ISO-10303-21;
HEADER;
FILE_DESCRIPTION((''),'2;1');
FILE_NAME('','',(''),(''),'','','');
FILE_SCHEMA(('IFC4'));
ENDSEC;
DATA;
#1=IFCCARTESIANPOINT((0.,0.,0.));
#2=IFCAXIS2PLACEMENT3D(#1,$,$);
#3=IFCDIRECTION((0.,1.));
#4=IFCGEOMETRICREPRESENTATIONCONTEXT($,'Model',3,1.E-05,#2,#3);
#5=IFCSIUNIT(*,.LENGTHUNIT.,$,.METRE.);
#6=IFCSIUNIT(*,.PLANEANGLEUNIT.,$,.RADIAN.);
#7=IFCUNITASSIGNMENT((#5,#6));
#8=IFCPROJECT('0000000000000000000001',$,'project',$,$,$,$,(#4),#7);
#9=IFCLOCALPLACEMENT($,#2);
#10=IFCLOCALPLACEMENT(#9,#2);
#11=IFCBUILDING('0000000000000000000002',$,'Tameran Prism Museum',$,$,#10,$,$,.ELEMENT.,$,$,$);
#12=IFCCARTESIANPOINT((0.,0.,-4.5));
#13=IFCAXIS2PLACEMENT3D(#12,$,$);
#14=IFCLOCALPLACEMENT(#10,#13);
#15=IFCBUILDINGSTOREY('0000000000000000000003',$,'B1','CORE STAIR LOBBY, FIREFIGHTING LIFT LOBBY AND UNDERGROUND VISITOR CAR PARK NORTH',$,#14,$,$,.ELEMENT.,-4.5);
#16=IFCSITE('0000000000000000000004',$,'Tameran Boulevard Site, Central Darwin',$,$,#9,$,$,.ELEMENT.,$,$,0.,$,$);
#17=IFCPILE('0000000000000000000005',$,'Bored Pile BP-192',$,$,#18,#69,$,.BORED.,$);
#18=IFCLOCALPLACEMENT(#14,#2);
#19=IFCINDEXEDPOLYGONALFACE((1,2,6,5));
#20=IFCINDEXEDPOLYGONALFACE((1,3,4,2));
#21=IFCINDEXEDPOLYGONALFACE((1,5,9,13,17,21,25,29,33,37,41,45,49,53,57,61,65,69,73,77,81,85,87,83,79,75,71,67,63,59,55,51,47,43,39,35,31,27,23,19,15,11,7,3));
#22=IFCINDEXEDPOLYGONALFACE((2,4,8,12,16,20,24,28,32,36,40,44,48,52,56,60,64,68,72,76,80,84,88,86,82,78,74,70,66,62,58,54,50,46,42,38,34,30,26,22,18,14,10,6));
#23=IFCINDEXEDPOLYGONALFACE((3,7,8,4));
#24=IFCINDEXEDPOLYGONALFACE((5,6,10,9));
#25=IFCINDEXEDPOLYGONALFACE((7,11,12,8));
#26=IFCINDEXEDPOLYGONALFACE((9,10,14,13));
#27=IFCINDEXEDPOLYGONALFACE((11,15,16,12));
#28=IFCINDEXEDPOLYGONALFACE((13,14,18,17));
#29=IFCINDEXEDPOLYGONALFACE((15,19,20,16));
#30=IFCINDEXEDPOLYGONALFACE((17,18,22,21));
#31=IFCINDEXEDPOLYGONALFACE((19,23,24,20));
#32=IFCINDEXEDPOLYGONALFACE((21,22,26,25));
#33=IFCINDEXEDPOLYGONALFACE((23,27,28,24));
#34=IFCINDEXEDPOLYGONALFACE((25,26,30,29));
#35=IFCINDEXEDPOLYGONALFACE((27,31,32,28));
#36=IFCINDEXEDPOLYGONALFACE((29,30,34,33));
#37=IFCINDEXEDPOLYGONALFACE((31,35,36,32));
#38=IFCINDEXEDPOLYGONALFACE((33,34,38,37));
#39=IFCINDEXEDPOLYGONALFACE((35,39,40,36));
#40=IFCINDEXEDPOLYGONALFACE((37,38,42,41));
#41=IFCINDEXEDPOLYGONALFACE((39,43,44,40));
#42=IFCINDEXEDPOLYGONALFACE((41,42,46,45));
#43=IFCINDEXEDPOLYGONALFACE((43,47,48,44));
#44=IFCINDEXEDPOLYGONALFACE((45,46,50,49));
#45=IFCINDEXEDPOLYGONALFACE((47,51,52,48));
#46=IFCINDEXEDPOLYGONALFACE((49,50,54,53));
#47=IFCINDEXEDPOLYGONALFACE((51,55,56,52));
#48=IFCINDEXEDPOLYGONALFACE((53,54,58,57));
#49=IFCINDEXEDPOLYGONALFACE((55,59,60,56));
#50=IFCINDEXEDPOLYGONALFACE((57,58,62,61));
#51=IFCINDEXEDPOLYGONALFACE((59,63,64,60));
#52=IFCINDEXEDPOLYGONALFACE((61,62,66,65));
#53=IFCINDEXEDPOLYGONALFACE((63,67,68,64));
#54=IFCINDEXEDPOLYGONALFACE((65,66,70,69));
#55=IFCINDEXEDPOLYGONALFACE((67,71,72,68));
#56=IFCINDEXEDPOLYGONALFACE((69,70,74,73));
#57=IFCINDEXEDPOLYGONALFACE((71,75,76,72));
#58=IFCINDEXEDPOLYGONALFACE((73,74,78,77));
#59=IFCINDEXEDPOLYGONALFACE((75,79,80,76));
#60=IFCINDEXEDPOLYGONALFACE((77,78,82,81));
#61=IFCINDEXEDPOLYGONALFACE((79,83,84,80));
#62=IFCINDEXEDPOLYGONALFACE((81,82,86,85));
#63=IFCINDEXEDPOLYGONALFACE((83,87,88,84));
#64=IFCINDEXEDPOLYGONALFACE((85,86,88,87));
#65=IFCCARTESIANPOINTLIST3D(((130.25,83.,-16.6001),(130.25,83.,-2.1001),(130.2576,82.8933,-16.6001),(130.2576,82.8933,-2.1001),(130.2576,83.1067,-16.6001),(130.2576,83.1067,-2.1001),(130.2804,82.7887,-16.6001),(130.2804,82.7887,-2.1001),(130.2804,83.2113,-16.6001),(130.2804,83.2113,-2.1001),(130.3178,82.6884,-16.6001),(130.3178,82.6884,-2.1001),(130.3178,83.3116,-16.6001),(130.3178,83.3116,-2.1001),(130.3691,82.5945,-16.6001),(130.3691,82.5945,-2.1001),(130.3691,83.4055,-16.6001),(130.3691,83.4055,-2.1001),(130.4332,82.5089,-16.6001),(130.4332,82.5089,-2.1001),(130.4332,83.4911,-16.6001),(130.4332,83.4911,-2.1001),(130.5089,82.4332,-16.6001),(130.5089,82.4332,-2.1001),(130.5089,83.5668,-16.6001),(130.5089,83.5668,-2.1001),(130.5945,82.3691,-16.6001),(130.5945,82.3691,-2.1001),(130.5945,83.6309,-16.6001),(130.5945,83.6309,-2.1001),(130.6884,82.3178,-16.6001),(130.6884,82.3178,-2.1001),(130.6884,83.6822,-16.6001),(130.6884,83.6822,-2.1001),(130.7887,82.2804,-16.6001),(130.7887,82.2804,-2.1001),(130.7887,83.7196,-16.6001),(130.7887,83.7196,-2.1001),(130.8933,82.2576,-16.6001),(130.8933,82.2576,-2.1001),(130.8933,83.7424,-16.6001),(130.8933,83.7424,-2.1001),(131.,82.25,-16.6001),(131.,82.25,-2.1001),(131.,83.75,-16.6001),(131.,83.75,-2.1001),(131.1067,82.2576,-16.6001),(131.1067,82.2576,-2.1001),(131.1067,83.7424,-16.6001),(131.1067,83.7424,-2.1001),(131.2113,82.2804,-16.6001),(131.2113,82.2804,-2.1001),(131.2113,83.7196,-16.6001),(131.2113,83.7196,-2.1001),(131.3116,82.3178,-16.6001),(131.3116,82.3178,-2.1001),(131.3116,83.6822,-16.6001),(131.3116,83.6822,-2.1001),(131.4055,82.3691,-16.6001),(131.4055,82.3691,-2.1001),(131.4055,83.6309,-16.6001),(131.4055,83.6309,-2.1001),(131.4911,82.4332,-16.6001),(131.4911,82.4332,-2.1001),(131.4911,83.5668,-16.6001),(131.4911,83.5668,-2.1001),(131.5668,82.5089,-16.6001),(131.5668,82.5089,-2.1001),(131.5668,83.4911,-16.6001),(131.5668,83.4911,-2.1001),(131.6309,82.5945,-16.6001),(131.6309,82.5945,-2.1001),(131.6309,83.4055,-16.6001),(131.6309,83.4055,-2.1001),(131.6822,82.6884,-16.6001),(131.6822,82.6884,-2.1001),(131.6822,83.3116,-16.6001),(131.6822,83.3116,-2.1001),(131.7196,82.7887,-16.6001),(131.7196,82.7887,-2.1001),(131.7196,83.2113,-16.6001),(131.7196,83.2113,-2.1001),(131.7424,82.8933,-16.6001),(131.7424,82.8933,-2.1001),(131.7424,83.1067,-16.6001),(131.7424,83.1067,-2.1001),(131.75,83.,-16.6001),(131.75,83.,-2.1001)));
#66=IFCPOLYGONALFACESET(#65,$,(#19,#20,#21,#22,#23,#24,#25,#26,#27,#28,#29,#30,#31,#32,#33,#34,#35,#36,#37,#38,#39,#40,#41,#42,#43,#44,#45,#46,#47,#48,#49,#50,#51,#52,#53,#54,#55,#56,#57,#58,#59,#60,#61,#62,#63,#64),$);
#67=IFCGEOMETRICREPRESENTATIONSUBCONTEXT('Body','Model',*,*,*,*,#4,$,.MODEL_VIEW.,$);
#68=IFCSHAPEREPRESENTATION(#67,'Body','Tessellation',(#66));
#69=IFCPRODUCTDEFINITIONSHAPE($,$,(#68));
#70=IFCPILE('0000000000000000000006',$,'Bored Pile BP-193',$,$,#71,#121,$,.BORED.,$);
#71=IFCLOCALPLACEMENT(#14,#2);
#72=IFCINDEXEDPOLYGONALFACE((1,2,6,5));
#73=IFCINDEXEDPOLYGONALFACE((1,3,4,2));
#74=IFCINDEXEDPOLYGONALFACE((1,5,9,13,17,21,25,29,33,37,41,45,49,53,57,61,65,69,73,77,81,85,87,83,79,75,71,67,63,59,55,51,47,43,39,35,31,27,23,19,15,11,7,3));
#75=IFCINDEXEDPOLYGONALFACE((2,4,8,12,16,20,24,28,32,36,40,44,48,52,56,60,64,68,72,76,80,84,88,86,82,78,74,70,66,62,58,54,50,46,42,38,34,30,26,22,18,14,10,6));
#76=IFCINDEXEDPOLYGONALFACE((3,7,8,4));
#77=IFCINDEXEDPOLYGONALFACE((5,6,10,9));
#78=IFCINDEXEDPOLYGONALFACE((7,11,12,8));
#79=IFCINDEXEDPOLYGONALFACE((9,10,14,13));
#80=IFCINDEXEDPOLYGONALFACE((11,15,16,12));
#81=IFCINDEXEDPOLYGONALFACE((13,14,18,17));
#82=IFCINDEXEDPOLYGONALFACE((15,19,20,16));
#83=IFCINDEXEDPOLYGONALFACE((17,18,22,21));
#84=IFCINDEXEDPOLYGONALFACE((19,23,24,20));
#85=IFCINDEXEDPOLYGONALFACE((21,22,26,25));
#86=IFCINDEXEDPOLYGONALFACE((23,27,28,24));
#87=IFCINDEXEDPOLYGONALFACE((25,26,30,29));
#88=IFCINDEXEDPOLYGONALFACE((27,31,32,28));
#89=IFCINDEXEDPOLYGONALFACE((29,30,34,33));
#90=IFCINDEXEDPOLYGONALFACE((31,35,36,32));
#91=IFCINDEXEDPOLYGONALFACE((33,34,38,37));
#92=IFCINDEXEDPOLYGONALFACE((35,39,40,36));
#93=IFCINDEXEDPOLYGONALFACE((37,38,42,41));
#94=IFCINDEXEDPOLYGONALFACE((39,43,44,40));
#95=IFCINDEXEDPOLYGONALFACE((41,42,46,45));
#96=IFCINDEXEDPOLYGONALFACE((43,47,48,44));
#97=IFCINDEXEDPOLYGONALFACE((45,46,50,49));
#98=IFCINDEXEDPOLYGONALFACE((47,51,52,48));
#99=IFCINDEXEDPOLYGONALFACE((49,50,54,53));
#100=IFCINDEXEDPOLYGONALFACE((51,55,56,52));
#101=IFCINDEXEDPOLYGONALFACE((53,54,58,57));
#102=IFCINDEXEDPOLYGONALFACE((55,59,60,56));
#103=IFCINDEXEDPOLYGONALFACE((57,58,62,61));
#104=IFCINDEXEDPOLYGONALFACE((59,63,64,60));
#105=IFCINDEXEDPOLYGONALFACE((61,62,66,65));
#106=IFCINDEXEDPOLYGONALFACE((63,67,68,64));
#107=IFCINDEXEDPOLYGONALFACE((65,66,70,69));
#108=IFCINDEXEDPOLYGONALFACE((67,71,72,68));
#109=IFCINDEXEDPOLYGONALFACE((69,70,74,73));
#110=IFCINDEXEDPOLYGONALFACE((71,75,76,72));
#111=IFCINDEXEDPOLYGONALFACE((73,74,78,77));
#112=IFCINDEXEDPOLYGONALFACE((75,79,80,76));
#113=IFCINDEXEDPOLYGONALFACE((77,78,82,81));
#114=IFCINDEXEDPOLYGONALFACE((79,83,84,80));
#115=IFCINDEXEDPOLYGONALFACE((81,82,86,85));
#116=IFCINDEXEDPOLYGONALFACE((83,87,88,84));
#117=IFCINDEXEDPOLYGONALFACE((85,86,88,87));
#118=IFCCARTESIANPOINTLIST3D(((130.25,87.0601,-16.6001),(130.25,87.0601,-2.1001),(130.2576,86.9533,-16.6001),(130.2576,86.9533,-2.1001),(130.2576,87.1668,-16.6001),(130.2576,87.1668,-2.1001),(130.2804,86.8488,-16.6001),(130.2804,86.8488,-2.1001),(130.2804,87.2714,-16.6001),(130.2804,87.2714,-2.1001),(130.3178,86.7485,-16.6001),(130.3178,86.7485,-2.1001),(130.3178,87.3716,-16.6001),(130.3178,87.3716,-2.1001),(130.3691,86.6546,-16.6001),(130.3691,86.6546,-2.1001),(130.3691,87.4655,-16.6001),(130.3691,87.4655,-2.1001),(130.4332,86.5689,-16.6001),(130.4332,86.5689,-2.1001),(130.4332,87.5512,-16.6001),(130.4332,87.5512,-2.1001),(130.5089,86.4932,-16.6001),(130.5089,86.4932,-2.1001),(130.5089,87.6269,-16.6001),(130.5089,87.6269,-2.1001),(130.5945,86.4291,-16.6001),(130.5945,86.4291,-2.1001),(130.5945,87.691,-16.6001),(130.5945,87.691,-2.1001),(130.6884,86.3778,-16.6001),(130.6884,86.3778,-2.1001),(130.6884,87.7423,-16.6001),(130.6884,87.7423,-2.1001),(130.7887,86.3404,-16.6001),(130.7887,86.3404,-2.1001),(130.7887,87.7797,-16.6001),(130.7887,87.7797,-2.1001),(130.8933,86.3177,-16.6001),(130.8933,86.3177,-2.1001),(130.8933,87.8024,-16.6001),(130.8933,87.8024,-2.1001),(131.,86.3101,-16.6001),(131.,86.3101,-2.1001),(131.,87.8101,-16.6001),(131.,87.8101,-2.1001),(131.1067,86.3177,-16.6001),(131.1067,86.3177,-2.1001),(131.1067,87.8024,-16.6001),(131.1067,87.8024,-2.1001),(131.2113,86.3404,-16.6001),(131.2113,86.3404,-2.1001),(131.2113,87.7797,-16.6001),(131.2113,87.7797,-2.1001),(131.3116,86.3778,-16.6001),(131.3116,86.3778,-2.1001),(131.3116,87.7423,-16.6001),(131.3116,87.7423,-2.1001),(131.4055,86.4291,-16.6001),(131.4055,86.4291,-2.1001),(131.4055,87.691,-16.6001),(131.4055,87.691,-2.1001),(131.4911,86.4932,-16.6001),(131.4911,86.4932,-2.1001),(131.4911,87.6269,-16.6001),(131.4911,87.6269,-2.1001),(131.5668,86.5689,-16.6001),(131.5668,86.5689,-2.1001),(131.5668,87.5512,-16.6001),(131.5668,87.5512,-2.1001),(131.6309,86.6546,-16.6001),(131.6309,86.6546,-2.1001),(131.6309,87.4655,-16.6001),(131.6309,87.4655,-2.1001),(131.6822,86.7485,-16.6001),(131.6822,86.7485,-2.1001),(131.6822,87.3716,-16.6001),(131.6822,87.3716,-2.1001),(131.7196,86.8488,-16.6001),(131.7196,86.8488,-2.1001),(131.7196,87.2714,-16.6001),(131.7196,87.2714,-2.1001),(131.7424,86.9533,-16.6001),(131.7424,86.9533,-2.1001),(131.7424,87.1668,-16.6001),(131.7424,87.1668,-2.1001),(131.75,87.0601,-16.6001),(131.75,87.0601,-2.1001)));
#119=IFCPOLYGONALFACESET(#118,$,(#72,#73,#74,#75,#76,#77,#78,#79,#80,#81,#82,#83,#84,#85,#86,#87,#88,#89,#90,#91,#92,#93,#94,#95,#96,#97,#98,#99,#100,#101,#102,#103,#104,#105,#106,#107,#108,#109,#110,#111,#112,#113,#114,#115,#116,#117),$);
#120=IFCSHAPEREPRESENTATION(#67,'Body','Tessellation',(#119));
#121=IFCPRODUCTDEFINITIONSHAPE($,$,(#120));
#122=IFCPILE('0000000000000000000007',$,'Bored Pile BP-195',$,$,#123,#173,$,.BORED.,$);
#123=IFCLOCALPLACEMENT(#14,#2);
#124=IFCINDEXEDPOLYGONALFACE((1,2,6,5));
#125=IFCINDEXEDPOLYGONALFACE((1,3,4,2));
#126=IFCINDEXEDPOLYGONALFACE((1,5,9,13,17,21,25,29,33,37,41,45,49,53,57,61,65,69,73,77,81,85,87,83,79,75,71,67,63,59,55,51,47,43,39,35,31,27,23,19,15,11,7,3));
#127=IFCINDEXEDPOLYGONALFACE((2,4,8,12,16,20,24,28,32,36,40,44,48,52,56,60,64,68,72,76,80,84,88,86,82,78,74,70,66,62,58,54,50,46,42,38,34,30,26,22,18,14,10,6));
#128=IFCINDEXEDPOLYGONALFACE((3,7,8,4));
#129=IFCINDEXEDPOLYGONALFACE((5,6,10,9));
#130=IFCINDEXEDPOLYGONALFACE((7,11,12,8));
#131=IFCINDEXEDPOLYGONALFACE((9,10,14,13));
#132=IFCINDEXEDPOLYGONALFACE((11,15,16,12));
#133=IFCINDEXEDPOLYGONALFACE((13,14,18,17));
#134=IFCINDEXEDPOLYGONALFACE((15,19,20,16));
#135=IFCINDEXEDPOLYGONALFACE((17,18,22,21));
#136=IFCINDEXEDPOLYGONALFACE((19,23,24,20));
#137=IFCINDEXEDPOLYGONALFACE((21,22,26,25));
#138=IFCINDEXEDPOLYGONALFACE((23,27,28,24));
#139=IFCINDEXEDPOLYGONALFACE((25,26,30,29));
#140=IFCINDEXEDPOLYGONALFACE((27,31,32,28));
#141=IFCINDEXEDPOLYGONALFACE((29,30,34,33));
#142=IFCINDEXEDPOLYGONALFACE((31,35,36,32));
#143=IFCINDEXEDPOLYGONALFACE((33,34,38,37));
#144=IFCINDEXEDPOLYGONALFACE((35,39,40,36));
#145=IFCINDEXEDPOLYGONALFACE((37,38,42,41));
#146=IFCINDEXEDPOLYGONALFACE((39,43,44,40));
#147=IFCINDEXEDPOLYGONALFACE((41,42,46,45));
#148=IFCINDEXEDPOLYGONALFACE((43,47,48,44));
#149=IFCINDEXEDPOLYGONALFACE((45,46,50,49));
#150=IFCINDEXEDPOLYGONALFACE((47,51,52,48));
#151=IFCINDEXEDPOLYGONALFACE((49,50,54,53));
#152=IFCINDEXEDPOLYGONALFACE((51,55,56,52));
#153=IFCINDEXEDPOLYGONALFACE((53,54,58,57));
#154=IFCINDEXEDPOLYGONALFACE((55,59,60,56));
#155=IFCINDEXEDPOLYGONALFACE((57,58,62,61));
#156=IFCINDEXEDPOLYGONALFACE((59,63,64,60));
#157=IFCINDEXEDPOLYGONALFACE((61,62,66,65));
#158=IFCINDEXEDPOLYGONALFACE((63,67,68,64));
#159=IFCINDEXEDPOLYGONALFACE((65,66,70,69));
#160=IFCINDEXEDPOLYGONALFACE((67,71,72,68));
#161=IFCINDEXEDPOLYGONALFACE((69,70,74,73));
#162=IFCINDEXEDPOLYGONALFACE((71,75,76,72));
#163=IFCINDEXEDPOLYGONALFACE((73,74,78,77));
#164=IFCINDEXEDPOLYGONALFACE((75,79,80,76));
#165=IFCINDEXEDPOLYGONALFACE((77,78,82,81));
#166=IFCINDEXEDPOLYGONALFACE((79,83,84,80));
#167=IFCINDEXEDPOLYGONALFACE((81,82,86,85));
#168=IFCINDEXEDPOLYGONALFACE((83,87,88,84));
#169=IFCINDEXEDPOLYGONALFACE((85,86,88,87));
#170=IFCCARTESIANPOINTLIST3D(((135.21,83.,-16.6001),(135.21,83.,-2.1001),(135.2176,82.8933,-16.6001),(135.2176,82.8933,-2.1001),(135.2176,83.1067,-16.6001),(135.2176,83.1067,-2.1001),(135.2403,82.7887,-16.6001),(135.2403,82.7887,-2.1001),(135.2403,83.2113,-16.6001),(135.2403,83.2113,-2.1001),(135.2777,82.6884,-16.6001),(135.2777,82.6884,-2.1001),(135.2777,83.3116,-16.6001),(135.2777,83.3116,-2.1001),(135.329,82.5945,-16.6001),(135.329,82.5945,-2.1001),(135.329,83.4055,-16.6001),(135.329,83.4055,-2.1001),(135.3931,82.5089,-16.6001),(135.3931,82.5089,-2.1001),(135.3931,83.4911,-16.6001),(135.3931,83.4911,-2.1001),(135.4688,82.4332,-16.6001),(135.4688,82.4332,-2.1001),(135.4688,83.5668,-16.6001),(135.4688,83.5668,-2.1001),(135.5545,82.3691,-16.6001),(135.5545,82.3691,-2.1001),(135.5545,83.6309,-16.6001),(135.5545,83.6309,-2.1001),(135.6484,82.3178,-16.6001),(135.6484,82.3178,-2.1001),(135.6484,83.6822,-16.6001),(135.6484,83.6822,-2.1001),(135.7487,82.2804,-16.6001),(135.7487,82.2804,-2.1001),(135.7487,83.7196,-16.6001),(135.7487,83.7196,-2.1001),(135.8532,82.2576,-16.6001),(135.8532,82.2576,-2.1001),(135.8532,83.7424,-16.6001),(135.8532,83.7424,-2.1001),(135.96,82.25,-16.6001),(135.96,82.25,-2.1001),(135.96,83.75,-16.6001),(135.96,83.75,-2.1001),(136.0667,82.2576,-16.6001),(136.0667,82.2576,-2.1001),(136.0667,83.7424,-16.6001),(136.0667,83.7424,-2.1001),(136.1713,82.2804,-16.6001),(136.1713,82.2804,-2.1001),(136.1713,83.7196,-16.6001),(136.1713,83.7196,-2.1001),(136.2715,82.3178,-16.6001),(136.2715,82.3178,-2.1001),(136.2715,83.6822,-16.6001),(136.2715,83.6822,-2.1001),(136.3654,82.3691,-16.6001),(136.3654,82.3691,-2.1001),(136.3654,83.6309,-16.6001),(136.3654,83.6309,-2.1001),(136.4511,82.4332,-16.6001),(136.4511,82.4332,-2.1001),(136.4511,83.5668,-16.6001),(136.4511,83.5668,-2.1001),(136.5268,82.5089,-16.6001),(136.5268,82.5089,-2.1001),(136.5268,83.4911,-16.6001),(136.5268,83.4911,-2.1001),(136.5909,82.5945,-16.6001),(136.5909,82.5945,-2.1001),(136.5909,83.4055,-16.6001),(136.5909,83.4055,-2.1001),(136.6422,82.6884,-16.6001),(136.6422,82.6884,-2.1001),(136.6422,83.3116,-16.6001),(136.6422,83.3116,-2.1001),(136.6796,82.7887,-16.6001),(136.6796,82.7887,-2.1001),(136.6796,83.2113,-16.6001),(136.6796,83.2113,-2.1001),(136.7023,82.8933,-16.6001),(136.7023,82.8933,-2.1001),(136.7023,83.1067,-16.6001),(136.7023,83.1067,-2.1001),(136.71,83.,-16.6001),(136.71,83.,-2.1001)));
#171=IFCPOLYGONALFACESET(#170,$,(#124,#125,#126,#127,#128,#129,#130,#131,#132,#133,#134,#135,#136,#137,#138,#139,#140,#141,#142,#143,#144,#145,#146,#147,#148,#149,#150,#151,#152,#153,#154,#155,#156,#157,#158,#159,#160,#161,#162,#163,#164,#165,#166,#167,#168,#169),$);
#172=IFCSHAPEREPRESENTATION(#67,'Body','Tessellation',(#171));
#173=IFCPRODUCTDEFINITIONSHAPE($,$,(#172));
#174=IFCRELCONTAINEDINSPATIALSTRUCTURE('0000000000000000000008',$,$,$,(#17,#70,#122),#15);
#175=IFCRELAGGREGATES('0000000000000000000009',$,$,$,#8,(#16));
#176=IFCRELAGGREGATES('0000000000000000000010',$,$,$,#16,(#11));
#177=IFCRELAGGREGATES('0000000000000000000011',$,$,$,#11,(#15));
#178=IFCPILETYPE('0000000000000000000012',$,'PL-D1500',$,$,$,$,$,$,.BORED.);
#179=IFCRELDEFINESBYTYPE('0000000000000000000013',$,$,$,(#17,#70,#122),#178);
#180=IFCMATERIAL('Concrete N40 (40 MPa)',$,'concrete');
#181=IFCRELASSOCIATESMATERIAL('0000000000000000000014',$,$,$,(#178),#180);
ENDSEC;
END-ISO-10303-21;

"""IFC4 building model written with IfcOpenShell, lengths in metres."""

from ifc_helpers import new_model, si_unit, direction, frame, origin, origin_2d, place, context, subcontext, project, spatial, circle, extrude, material, material_profile, profile_set, type_object, element, save


model = new_model("IFC4")

# Units and contexts
model_context = context("Model", 3, precision=1e-05, world=origin(), true_north=direction((0.0, 1.0)))
body_context = subcontext(model_context, "Body", "Model", "MODEL_VIEW")
ifc_project = project(units=[si_unit("LENGTHUNIT", "METRE"), si_unit("PLANEANGLEUNIT", "RADIAN")], contexts=[model_context])

# Site, building, storey
site_placement = place(None, origin())
site = spatial("IfcSite", under=ifc_project, at=site_placement, Name="Tameran Boulevard Site, Central Darwin", CompositionType="ELEMENT", RefElevation=0.0)
building_placement = place(site_placement, origin())
building = spatial("IfcBuilding", under=site, at=building_placement, Name="Tameran Prism Museum", CompositionType="ELEMENT")
storey_placement = place(building_placement, frame((0.0, 0.0, -4.5)))
storey = spatial("IfcBuildingStorey", under=building, at=storey_placement, Name="B1", Description="CORE STAIR LOBBY, FIREFIGHTING LIFT LOBBY AND UNDERGROUND VISITOR CAR PARK NORTH", CompositionType="ELEMENT", Elevation=-4.5)

# Piles
ifc_material_1 = material(Name="Concrete N40 (40 MPa)", Category="concrete")
ifc_material_profile_1 = material_profile(ifc_material_1, circle(Radius=0.75, at=origin_2d()))
ifc_profile_set_1 = profile_set([ifc_material_profile_1])
pile_type_1 = type_object("IfcPileType", Name="PL-D1500", PredefinedType="BORED", material=ifc_profile_set_1)
for number, where, z_axis, x_axis, name in (
    (1, (131.0, 83.0, -2.1001), (0.0, 0.0, -1.0), (1.0, 0.0, 0.0), "Bored Pile BP-192"),
    (2, (131.0, 87.0601, -2.1001), (0.0, 0.0, -1.0), (1.0, 0.0, 0.0), "Bored Pile BP-193"),
    (3, (135.96, 83.0, -2.1001), (0.0, 0.0, -1.0), (1.0, 0.0, 0.0), "Bored Pile BP-195"),
):
    element("IfcPile", number, at=place(storey_placement, frame(where, z_axis=z_axis, x_axis=x_axis)), inside=storey, type_object=pile_type_1, Name=name, PredefinedType="BORED", context=body_context, shape_type="SweptSolid", body=[
        extrude(circle(Radius=0.75, at=origin_2d()), origin(), (0.0, 0.0, 1.0), 14.5),
    ])

save(model, "model.ifc")
